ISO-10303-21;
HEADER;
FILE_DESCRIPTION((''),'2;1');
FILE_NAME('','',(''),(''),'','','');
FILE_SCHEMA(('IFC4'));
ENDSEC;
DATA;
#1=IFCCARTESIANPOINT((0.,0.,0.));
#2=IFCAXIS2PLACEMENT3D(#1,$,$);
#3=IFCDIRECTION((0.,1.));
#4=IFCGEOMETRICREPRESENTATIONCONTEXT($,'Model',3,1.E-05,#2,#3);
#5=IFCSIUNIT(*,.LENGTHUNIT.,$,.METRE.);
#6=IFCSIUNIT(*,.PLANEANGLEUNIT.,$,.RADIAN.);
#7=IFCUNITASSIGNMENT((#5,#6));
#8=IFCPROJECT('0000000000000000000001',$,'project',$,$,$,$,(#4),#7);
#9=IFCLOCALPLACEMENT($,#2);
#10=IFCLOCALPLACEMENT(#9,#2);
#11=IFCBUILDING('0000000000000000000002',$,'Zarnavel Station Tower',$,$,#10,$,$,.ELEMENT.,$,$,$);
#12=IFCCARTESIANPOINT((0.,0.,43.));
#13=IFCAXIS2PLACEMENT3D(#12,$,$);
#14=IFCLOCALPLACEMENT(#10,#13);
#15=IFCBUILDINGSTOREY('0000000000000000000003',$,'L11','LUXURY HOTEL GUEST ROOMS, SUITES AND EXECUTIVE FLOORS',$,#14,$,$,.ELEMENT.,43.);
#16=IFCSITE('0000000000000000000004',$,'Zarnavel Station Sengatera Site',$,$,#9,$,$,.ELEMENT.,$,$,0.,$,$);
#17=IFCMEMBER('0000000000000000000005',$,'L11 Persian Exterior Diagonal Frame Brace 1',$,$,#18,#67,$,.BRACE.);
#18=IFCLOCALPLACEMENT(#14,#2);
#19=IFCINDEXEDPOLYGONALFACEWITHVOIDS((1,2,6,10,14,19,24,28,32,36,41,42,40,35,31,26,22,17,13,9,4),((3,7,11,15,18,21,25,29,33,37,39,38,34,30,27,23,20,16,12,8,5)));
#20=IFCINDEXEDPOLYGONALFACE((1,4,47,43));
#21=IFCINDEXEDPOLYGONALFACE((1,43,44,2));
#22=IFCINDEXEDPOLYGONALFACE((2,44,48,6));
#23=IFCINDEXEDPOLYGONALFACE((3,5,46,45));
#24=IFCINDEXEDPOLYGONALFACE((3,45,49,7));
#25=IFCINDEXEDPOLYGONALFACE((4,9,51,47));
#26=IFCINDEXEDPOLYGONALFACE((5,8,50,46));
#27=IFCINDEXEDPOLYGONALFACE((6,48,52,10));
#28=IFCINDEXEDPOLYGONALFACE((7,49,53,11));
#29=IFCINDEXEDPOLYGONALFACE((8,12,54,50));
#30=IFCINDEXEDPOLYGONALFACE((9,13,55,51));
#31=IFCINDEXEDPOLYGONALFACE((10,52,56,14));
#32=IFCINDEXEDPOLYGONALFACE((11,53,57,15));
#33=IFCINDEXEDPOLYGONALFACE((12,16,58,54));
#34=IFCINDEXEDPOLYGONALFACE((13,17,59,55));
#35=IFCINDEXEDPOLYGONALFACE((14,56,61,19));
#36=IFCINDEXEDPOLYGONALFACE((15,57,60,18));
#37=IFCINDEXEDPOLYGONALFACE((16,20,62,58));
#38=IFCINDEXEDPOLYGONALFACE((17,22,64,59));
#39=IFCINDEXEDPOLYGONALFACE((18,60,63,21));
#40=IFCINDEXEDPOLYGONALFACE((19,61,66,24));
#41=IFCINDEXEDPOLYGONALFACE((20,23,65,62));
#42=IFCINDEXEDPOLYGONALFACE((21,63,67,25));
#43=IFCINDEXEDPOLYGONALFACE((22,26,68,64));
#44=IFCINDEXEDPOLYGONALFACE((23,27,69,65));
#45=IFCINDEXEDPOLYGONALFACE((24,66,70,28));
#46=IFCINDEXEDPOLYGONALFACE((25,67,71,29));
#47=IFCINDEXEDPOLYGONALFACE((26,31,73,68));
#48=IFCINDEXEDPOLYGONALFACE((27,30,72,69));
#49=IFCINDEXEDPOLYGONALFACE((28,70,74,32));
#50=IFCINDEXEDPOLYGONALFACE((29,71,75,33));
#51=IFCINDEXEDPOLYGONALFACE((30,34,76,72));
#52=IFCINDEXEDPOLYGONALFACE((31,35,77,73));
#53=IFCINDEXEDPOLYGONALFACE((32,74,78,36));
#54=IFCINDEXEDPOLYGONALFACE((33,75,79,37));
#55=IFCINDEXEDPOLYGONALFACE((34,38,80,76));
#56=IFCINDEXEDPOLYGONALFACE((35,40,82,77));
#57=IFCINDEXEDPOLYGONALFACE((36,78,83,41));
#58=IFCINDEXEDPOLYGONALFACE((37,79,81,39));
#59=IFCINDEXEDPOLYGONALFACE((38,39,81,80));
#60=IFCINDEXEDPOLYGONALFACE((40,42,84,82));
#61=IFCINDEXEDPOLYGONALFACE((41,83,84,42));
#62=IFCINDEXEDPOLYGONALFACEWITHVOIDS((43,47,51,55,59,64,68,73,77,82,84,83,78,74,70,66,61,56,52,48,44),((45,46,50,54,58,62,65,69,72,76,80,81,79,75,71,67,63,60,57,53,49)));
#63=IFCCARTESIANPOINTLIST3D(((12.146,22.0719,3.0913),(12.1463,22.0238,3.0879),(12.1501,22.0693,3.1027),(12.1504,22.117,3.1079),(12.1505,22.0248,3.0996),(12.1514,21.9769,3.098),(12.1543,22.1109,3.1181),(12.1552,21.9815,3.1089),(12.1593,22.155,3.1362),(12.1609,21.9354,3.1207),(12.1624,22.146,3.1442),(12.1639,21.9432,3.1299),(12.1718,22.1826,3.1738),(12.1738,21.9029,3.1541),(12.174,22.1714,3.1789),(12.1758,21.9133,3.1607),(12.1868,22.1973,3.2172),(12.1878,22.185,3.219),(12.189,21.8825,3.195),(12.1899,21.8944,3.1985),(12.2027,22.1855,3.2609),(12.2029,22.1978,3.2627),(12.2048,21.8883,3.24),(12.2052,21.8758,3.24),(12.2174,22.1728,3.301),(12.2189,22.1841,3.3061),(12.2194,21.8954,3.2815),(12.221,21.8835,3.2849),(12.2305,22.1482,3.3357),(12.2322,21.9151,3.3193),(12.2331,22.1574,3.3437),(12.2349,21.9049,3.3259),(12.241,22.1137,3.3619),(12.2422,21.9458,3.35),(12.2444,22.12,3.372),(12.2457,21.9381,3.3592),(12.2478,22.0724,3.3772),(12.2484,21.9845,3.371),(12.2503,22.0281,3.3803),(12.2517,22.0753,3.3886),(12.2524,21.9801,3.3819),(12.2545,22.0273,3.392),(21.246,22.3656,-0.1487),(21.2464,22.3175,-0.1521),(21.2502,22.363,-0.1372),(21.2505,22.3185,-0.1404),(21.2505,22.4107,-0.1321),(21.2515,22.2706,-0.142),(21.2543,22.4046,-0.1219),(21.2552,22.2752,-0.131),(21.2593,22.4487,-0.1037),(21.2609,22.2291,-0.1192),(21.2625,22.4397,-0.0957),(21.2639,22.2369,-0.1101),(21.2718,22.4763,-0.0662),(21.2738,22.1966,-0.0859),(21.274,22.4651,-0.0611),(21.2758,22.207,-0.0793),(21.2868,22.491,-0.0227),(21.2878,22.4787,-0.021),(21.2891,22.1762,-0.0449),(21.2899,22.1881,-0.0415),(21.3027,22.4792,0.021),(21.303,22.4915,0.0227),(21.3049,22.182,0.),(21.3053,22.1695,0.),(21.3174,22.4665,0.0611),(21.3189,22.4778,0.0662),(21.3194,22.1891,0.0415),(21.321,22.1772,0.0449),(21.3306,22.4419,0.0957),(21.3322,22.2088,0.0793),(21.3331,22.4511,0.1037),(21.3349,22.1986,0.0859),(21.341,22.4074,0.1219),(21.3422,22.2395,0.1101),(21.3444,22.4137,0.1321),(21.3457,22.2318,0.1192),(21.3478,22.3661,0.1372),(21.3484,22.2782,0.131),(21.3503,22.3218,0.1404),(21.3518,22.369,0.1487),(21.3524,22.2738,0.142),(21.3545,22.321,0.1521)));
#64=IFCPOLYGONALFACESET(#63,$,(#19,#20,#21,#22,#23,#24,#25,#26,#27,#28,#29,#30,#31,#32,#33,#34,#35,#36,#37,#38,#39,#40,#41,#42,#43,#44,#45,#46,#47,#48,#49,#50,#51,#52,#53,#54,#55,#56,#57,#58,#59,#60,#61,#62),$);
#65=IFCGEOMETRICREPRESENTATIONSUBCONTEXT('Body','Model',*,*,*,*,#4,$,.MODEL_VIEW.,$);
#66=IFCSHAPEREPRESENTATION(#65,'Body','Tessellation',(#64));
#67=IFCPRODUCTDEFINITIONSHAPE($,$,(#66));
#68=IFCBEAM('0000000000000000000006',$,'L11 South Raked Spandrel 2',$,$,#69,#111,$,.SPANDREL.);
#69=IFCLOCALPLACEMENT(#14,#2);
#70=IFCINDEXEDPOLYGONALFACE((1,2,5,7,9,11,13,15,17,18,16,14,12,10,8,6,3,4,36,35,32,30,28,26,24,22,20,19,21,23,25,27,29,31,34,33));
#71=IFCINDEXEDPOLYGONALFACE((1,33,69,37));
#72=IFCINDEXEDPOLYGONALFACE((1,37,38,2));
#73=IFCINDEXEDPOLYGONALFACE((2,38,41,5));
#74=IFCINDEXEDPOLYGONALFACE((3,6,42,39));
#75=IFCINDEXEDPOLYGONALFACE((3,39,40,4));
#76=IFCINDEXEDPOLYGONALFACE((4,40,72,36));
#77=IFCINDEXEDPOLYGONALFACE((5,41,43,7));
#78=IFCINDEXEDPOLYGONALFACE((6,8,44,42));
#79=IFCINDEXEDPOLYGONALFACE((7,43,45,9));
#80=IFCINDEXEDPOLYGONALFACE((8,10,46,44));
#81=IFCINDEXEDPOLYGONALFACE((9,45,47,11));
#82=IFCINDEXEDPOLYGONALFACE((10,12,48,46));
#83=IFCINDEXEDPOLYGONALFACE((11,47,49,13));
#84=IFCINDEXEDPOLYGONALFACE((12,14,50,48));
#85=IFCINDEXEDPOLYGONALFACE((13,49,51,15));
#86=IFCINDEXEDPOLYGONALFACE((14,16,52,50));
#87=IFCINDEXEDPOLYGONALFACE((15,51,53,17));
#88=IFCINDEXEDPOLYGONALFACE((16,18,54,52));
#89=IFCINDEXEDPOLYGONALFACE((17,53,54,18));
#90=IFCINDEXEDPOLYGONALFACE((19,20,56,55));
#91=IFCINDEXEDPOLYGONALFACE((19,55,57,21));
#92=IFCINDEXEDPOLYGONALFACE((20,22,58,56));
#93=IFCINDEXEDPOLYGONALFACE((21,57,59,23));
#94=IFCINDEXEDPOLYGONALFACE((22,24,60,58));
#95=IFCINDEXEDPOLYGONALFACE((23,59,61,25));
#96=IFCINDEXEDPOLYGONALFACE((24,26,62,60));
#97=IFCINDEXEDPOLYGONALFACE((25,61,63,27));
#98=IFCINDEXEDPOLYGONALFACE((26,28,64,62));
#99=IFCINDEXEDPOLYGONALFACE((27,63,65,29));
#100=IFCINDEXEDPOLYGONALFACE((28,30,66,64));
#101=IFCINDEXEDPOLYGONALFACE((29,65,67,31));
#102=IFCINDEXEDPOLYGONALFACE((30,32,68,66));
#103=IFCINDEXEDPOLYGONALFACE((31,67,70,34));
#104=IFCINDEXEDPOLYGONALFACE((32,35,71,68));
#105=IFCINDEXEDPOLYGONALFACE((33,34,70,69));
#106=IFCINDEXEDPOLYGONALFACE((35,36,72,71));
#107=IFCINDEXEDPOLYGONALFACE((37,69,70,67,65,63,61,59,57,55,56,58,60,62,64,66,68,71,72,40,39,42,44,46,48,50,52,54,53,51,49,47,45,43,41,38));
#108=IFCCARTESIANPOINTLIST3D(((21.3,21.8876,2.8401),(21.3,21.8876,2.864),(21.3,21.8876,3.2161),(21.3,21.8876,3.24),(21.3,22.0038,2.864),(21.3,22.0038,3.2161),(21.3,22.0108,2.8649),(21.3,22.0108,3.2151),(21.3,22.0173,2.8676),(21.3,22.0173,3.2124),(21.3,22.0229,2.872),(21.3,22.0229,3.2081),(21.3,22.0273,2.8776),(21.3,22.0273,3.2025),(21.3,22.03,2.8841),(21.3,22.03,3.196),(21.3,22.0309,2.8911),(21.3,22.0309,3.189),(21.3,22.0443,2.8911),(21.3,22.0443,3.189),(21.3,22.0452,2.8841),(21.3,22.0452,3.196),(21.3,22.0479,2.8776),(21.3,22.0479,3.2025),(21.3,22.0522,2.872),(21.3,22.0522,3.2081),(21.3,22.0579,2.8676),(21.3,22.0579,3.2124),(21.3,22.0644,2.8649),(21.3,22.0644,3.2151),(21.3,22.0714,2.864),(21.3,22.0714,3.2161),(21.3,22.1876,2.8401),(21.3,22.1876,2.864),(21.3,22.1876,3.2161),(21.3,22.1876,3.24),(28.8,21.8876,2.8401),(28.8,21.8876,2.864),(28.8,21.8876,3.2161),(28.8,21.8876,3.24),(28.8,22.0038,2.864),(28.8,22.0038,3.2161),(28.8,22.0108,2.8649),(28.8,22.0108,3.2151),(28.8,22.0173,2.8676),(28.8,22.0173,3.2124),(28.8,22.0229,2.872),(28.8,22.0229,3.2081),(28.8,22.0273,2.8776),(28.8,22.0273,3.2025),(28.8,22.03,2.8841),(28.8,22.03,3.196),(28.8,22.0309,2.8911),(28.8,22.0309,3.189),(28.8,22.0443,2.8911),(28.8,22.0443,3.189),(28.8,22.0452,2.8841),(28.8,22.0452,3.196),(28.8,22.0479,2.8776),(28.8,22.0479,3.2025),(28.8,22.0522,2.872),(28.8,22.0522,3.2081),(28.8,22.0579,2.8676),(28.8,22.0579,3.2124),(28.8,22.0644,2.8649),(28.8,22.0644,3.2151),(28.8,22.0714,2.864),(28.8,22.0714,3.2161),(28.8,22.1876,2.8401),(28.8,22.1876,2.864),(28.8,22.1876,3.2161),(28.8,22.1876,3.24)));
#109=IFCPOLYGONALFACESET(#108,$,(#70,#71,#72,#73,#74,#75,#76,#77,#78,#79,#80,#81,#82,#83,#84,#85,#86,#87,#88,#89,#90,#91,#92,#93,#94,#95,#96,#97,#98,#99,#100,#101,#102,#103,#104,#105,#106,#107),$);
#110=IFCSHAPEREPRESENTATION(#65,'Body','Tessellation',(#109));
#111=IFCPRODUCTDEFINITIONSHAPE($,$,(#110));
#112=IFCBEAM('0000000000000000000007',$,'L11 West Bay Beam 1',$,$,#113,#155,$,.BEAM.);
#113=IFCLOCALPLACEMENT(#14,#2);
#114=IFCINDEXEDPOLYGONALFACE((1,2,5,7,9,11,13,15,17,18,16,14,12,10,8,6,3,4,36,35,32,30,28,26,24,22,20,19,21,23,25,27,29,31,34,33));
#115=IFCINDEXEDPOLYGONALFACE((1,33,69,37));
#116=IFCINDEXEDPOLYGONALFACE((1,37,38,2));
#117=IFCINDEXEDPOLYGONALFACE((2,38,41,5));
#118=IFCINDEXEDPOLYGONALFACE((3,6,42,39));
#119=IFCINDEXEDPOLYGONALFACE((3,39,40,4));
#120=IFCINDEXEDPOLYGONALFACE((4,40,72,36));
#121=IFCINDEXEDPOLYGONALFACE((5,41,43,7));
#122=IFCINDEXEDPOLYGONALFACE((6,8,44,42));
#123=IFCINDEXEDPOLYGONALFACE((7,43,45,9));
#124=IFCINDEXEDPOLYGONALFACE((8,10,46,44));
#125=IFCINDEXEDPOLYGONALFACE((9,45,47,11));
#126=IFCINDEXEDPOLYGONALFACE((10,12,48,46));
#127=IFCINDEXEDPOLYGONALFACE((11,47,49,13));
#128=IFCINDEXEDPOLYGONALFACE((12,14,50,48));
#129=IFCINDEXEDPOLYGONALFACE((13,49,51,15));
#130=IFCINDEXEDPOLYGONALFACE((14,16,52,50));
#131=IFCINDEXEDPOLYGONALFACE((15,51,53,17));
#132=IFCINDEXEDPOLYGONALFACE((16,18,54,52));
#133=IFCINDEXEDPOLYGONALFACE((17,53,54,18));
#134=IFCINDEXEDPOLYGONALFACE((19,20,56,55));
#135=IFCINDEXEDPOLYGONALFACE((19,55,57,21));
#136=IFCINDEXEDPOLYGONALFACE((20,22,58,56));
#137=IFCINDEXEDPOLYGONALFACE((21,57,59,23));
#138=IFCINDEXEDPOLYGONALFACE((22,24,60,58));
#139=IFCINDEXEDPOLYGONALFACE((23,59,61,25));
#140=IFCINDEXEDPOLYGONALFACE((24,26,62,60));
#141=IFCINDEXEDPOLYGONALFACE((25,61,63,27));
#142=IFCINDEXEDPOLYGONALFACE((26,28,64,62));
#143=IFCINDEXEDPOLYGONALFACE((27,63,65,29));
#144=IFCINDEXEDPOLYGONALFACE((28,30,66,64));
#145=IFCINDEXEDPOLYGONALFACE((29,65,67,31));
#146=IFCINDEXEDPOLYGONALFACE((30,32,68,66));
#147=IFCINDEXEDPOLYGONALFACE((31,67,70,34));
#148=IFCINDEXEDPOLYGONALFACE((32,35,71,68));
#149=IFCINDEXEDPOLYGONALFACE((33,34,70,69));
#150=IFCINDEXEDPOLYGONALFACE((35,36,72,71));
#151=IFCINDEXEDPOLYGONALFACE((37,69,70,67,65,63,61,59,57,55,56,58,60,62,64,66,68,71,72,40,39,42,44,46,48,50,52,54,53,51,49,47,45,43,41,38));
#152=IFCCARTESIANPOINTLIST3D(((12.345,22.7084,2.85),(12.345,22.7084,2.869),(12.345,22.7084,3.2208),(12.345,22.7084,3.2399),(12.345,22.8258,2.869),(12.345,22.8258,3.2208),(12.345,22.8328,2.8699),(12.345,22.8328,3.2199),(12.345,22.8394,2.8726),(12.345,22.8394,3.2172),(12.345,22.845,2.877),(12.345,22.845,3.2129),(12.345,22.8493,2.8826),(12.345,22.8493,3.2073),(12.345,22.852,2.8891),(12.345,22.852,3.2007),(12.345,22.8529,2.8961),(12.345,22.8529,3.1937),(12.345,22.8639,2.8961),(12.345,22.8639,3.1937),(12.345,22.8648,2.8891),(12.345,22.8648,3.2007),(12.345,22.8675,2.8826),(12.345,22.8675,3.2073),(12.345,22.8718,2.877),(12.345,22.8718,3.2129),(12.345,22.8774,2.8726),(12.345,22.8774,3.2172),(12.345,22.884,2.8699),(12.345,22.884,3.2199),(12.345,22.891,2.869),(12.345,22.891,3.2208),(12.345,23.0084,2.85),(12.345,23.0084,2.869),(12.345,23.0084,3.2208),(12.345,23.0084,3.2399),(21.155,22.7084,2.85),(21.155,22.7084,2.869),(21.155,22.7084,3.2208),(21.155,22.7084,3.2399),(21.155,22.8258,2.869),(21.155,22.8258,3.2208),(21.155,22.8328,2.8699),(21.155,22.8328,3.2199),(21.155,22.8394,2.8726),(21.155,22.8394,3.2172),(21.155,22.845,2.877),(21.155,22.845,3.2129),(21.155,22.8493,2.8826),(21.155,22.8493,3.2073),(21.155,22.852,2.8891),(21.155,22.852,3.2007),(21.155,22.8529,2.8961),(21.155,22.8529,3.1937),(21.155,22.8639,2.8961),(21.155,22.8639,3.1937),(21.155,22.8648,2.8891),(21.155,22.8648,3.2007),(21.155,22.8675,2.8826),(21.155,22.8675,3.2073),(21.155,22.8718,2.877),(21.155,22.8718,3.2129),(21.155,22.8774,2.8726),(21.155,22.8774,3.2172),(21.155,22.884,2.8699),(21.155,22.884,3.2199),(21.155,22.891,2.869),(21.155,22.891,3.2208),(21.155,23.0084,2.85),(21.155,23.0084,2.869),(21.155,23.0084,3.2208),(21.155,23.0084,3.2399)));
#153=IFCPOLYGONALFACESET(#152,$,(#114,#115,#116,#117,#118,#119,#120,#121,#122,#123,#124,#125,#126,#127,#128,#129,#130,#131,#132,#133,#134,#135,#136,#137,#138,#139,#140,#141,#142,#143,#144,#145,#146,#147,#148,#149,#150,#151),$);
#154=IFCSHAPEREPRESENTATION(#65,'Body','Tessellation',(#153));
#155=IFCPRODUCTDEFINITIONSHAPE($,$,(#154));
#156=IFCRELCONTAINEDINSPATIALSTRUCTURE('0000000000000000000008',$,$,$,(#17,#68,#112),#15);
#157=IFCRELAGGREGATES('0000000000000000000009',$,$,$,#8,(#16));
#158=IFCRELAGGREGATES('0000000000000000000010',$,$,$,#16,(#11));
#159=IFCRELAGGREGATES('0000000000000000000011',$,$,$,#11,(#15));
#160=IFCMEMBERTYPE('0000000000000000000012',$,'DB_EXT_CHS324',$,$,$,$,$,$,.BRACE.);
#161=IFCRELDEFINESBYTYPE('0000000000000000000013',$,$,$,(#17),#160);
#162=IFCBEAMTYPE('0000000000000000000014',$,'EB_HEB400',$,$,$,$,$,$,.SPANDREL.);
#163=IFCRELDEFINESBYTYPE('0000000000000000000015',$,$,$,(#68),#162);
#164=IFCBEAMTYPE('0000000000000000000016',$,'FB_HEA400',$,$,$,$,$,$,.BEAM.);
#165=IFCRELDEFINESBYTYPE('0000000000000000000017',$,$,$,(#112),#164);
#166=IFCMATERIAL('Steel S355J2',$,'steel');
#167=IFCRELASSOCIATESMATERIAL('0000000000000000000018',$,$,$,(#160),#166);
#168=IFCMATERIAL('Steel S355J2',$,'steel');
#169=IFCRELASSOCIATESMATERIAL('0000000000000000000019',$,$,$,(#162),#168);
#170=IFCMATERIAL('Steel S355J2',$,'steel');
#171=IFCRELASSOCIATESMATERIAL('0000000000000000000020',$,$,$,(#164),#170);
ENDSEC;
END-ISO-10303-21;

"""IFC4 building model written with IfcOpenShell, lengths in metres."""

from ifc_helpers import new_model, si_unit, direction, frame, origin, origin_2d, place, context, subcontext, project, spatial, hollow_circle, i_section, extrude, material, material_profile, profile_set, type_object, element, save


model = new_model("IFC4")

# Units and contexts
model_context = context("Model", 3, precision=1e-05, world=origin(), true_north=direction((0.0, 1.0)))
body_context = subcontext(model_context, "Body", "Model", "MODEL_VIEW")
ifc_project = project(units=[si_unit("LENGTHUNIT", "METRE"), si_unit("PLANEANGLEUNIT", "RADIAN")], contexts=[model_context])

# Site, building, storey
site_placement = place(None, origin())
site = spatial("IfcSite", under=ifc_project, at=site_placement, Name="Zarnavel Station Sengatera Site", CompositionType="ELEMENT", RefElevation=0.0)
building_placement = place(site_placement, origin())
building = spatial("IfcBuilding", under=site, at=building_placement, Name="Zarnavel Station Tower", CompositionType="ELEMENT")
storey_placement = place(building_placement, frame((0.0, 0.0, 43.0)))
storey = spatial("IfcBuildingStorey", under=building, at=storey_placement, Name="L11", Description="LUXURY HOTEL GUEST ROOMS, SUITES AND EXECUTIVE FLOORS", CompositionType="ELEMENT", Elevation=43.0)

# Member
ifc_material_1 = material(Name="Steel S355J2", Category="steel")
ifc_material_profile_1 = material_profile(ifc_material_1, hollow_circle(Radius=0.1619, WallThickness=0.0125, at=origin_2d()), Name="CHS323.9x12.5")
ifc_profile_set_1 = profile_set([ifc_material_profile_1], Name="Steel S355J2")
member_type_1 = type_object("IfcMemberType", Name="DB_EXT_CHS324", PredefinedType="BRACE", material=ifc_profile_set_1)
member_1_placement = place(storey_placement, frame((21.3, 22.3313, 0.0), z_axis=(-0.941636, -0.030391, 0.335259), x_axis=(0.032258, -0.99948, 0.0)))
element("IfcMember", 1, at=member_1_placement, inside=storey, type_object=member_type_1, Name="L11 Persian Exterior Diagonal Frame Brace 1", PredefinedType="BRACE", context=body_context, shape_type="SweptSolid", body=[
    extrude(hollow_circle(Radius=0.1619, WallThickness=0.0125, at=origin_2d()), origin(), (0.0, 0.0, 1.0), 9.6641),
])

# Beams
ifc_material_2 = material(Name="Steel S355J2", Category="steel")
ifc_material_profile_2 = material_profile(ifc_material_2, i_section(OverallWidth=0.3, OverallDepth=0.3999, WebThickness=0.0134, FlangeThickness=0.0239, FilletRadius=0.0271, at=origin_2d()), Name="HEB400")
ifc_profile_set_2 = profile_set([ifc_material_profile_2], Name="Steel S355J2")
beam_type_1 = type_object("IfcBeamType", Name="EB_HEB400", PredefinedType="SPANDREL", material=ifc_profile_set_2)
beam_1_placement = place(storey_placement, frame((21.3, 22.0376, 3.04), z_axis=(1.0, 0.0, 0.0), x_axis=(0.0, 1.0, 0.0)))
element("IfcBeam", 2, at=beam_1_placement, inside=storey, type_object=beam_type_1, Name="L11 South Raked Spandrel 2", PredefinedType="SPANDREL", context=body_context, shape_type="SweptSolid", body=[
    extrude(i_section(OverallWidth=0.3, OverallDepth=0.3999, WebThickness=0.0134, FlangeThickness=0.0239, FilletRadius=0.0271, at=origin_2d()), origin(), (0.0, 0.0, 1.0), 7.5),
])
ifc_material_3 = material(Name="Steel S355J2", Category="steel")
ifc_material_profile_3 = material_profile(ifc_material_3, i_section(OverallWidth=0.3, OverallDepth=0.3899, WebThickness=0.011, FlangeThickness=0.019, FilletRadius=0.0271, at=origin_2d()), Name="HEA400")
ifc_profile_set_3 = profile_set([ifc_material_profile_3], Name="Steel S355J2")
beam_type_2 = type_object("IfcBeamType", Name="FB_HEA400", PredefinedType="BEAM", material=ifc_profile_set_3)
beam_2_placement = place(storey_placement, frame((12.345, 22.8584, 3.0449), z_axis=(1.0, 0.0, 0.0), x_axis=(0.0, 1.0, 0.0)))
element("IfcBeam", 3, at=beam_2_placement, inside=storey, type_object=beam_type_2, Name="L11 West Bay Beam 1", PredefinedType="BEAM", context=body_context, shape_type="SweptSolid", body=[
    extrude(i_section(OverallWidth=0.3, OverallDepth=0.3899, WebThickness=0.011, FlangeThickness=0.019, FilletRadius=0.0271, at=origin_2d()), origin(), (0.0, 0.0, 1.0), 8.8101),
])

save(model, "model.ifc")
